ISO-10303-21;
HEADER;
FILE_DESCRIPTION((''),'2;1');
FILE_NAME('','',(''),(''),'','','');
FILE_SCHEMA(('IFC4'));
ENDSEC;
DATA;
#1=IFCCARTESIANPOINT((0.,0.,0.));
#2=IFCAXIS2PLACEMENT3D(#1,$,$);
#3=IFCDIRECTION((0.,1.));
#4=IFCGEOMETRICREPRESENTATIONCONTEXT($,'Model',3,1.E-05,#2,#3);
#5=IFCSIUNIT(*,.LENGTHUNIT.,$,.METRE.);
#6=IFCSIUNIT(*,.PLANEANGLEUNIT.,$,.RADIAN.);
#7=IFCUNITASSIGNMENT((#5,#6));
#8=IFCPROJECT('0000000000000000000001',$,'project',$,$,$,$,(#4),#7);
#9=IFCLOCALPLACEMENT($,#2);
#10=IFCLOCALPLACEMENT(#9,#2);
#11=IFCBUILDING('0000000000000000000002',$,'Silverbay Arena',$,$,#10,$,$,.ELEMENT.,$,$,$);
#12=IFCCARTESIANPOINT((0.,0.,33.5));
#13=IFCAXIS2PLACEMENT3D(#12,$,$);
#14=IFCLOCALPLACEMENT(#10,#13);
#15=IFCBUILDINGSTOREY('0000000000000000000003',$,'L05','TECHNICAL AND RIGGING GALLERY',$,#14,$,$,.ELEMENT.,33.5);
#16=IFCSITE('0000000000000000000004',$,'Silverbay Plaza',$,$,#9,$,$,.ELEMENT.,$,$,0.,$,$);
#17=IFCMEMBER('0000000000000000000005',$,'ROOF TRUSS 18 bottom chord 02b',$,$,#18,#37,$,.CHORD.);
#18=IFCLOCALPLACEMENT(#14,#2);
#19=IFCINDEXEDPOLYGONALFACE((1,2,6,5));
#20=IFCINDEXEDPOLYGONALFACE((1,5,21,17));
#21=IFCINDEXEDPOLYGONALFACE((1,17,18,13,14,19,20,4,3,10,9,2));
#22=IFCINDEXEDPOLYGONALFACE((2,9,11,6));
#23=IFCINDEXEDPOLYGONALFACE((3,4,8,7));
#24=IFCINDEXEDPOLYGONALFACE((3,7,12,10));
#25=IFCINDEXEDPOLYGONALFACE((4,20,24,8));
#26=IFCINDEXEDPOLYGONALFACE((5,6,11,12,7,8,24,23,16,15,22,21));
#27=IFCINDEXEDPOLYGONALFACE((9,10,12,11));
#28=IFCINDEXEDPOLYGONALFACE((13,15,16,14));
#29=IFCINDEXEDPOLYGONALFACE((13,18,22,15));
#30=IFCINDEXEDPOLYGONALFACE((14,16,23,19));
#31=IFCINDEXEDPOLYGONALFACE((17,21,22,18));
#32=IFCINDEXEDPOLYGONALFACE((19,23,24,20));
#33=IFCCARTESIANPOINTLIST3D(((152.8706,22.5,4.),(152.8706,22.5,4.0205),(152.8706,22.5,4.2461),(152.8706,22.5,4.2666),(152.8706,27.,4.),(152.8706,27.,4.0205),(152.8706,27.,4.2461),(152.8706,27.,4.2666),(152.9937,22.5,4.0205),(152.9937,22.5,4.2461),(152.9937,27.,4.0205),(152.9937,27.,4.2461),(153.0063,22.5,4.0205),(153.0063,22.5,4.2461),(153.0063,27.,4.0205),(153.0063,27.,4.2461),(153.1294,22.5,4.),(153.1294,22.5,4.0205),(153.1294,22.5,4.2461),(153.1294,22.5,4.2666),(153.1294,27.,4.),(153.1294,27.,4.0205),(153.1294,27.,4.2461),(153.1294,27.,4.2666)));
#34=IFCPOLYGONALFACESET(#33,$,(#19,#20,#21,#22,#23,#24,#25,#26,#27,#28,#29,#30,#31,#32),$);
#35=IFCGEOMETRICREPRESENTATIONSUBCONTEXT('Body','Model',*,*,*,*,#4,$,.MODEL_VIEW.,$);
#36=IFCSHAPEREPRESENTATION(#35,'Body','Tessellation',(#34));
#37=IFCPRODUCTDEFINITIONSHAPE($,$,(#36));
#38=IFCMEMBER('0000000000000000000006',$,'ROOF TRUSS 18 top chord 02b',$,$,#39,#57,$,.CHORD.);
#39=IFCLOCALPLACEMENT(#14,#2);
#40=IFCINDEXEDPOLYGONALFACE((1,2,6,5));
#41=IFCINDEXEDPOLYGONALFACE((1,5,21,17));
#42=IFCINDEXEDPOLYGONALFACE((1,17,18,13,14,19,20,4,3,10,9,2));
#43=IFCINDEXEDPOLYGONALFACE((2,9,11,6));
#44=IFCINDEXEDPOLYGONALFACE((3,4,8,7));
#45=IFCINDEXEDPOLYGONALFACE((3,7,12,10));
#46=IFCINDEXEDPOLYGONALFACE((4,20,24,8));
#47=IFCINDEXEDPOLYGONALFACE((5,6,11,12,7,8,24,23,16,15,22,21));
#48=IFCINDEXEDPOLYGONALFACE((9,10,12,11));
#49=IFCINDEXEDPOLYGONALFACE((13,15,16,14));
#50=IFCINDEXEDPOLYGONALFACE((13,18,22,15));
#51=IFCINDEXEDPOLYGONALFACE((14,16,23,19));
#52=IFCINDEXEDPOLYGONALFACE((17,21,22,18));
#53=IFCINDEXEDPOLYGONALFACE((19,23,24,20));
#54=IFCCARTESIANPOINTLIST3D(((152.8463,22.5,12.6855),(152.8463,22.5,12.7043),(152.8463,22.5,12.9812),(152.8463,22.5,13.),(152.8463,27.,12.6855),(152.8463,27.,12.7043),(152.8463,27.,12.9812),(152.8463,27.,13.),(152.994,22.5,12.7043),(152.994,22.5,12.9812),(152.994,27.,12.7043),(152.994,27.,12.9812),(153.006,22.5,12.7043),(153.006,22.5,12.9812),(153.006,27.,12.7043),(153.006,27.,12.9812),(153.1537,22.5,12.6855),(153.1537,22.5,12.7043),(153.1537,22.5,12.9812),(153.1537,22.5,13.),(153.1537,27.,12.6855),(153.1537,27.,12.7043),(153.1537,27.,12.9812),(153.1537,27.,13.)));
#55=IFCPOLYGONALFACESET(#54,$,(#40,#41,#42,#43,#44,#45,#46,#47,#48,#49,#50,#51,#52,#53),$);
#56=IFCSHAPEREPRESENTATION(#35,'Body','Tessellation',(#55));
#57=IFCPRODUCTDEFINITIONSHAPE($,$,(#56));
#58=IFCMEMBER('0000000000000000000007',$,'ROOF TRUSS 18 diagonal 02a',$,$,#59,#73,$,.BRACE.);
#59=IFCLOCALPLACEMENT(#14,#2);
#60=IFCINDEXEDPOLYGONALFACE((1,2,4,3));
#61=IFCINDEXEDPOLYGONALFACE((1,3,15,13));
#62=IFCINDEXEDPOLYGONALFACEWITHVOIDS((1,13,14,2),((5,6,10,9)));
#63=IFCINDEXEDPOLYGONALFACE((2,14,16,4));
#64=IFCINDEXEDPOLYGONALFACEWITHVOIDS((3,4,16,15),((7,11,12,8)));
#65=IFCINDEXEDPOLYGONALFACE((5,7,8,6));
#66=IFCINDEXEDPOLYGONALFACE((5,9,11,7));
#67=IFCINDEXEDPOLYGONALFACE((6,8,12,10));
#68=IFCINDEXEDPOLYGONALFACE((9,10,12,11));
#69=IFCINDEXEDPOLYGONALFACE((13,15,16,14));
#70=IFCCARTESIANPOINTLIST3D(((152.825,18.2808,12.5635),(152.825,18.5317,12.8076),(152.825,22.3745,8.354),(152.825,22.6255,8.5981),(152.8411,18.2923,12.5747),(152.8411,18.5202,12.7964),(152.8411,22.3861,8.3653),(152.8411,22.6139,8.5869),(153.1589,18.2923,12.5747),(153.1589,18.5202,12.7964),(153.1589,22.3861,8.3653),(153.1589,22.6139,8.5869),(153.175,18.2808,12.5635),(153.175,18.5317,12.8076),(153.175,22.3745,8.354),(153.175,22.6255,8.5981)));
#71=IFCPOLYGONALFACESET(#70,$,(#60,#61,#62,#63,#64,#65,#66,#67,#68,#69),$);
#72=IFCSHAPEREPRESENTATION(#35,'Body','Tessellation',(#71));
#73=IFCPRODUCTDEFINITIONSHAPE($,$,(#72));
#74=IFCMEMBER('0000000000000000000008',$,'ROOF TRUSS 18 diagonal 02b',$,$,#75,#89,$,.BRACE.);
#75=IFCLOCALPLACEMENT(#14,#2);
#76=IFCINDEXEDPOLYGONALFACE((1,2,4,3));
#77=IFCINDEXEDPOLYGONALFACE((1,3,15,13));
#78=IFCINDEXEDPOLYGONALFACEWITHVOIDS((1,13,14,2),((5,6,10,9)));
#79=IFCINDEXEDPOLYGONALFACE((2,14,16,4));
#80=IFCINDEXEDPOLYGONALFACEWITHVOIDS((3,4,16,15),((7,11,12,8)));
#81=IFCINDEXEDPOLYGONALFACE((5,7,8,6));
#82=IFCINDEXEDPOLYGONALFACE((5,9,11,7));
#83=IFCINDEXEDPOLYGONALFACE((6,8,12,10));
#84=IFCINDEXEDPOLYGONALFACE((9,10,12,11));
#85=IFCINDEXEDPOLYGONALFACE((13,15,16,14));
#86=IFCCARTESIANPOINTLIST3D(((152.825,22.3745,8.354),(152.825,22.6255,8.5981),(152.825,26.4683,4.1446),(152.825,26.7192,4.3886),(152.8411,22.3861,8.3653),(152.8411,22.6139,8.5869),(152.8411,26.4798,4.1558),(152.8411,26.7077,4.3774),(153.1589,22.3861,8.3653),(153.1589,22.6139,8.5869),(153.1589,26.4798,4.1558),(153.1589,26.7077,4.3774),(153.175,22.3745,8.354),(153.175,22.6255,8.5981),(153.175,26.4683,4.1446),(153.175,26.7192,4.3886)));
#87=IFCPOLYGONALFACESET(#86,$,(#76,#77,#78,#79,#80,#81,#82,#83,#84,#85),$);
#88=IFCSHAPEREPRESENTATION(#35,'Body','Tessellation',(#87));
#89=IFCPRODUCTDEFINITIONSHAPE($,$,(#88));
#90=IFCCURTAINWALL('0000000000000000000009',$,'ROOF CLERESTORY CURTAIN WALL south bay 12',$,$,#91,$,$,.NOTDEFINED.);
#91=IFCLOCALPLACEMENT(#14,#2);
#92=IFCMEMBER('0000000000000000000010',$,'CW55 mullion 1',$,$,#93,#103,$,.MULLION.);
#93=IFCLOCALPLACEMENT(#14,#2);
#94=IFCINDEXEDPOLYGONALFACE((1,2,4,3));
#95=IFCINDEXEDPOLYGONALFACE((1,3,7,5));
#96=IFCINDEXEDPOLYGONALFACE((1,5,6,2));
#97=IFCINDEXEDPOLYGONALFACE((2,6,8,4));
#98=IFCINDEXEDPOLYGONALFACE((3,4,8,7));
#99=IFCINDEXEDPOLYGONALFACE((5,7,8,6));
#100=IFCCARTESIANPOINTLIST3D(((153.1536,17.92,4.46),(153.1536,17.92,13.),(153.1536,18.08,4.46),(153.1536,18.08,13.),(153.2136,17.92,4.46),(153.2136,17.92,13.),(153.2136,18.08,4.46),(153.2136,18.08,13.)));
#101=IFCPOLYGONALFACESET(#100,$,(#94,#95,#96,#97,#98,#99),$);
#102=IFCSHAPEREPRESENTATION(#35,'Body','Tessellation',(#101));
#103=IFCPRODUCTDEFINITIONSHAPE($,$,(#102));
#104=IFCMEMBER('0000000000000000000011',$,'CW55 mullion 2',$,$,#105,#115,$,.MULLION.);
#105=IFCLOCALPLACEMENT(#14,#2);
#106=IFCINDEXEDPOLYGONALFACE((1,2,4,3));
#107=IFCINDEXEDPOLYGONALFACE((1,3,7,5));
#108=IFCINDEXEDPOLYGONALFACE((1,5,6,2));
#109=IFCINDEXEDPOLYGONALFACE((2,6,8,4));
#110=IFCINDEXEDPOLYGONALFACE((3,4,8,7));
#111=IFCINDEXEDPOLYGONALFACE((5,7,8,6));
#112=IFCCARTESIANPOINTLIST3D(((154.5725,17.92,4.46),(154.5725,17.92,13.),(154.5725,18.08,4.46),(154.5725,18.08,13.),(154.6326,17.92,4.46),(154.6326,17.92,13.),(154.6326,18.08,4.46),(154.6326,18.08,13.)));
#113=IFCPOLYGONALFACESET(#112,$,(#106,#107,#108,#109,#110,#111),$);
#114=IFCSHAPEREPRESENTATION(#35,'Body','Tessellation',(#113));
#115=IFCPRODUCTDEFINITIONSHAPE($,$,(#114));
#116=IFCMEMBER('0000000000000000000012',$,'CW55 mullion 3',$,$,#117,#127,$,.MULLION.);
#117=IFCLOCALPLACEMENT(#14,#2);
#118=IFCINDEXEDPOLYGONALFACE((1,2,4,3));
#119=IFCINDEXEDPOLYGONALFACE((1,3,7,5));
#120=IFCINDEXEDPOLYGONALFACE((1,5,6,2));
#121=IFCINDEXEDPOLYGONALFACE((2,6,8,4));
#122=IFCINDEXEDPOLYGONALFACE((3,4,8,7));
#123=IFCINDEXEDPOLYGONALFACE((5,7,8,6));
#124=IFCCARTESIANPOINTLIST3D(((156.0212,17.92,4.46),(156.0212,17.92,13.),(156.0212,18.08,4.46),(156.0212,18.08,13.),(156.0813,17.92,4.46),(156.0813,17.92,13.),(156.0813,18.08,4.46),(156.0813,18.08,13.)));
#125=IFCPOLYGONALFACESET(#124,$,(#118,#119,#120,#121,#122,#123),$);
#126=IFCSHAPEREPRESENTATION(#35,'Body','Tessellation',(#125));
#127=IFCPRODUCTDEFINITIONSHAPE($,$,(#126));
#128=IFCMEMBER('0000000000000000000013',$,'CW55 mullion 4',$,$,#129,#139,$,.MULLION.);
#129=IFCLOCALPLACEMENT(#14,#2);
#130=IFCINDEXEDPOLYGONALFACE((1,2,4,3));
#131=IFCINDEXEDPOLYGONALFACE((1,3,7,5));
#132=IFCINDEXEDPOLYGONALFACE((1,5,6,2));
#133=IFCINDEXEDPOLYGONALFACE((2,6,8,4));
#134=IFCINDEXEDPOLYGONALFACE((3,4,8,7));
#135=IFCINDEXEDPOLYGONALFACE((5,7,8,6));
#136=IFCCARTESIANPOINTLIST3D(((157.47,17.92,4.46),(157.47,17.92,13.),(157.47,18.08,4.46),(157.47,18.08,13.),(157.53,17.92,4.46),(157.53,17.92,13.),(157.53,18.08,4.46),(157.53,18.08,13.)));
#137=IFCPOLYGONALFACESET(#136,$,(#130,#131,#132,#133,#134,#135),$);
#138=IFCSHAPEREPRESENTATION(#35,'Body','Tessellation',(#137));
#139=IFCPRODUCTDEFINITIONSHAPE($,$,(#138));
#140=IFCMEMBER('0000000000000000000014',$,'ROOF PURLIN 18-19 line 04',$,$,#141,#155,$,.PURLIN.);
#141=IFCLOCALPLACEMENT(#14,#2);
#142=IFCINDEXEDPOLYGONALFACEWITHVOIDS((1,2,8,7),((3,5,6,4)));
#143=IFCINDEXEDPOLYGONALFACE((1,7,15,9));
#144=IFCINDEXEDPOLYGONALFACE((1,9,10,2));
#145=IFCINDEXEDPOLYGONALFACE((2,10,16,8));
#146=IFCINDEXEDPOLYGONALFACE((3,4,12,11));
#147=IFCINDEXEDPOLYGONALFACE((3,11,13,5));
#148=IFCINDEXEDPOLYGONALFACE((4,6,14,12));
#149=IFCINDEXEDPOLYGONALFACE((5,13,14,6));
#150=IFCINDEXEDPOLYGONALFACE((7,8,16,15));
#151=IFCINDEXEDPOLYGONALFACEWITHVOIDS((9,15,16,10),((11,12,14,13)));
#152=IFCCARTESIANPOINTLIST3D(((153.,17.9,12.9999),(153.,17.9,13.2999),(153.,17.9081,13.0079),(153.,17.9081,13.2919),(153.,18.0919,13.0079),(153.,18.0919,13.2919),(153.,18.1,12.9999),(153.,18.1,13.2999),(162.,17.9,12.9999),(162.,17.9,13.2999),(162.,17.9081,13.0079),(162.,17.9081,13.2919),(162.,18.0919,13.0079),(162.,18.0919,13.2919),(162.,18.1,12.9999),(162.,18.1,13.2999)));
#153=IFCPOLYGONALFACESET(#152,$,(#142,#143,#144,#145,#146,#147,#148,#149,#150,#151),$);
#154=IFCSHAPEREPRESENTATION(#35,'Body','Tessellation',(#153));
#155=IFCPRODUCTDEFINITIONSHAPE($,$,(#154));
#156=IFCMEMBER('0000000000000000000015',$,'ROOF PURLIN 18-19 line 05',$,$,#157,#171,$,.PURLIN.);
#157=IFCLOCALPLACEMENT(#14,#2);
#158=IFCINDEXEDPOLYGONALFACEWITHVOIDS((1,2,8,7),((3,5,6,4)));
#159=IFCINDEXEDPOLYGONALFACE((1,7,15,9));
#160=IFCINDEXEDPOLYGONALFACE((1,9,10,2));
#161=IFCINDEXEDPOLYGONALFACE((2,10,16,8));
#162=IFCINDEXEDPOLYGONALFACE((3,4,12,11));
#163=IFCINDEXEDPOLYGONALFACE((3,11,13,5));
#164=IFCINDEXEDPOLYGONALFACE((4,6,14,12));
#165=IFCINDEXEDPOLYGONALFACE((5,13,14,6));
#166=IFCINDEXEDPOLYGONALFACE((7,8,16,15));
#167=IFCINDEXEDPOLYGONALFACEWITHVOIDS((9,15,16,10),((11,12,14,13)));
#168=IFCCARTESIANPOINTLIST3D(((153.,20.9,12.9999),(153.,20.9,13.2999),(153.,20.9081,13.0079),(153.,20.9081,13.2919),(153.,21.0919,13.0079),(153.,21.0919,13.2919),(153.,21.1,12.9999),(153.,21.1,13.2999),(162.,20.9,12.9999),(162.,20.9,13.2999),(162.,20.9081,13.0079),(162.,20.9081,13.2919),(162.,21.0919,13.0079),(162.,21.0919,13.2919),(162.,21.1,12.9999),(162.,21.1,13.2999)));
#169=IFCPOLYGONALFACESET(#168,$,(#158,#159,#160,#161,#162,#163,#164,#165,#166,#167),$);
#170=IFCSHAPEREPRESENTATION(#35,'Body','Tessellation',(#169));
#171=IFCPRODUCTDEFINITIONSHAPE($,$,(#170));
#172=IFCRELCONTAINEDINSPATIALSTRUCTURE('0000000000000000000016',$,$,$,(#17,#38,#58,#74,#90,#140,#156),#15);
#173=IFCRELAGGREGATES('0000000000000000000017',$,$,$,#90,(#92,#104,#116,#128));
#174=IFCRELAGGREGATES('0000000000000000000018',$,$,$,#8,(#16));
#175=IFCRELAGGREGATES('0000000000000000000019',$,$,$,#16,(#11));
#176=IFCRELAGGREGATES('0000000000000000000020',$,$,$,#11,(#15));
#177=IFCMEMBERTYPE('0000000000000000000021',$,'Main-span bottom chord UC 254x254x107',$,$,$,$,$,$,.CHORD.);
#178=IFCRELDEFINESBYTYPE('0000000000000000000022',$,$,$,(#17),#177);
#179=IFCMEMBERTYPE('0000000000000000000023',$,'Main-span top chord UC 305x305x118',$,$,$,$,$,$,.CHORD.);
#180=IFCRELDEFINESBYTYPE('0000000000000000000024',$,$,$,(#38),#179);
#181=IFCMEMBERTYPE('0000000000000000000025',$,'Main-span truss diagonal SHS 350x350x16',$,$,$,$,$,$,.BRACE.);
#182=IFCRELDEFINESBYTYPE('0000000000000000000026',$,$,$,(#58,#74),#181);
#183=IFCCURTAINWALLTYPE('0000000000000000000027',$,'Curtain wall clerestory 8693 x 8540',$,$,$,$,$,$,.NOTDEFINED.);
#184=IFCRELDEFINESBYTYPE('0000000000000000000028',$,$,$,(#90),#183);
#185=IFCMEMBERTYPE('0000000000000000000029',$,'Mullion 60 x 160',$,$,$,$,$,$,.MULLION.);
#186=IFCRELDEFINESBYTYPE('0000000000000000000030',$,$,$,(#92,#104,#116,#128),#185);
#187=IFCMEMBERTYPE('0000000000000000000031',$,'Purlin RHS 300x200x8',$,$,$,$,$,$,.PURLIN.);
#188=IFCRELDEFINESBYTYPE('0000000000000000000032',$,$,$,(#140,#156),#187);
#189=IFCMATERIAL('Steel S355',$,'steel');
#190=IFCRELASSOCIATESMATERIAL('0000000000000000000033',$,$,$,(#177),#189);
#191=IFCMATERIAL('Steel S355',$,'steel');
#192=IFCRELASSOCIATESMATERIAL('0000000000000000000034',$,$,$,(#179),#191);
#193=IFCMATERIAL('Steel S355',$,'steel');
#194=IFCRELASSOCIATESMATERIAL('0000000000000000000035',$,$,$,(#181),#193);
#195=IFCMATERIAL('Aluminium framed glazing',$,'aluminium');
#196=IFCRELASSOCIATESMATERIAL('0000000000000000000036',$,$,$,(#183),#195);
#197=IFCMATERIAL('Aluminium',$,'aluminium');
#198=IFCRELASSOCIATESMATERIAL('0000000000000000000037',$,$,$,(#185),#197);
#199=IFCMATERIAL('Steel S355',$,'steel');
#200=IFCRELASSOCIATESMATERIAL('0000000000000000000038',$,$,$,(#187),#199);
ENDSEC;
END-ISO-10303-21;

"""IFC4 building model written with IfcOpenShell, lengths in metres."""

from ifc_helpers import new_model, si_unit, direction, frame, origin, origin_2d, place, context, subcontext, project, spatial, rectangle, hollow_rectangle, i_section, extrude, material, material_profile, profile_set, type_object, element, aggregate, save


model = new_model("IFC4")

# Units and contexts
model_context = context("Model", 3, precision=1e-05, world=origin(), true_north=direction((0.0, 1.0)))
body_context = subcontext(model_context, "Body", "Model", "MODEL_VIEW")
ifc_project = project(units=[si_unit("LENGTHUNIT", "METRE"), si_unit("PLANEANGLEUNIT", "RADIAN")], contexts=[model_context])

# Site, building, storey
site_placement = place(None, origin())
site = spatial("IfcSite", under=ifc_project, at=site_placement, Name="Silverbay Plaza", CompositionType="ELEMENT", RefElevation=0.0)
building_placement = place(site_placement, origin())
building = spatial("IfcBuilding", under=site, at=building_placement, Name="Silverbay Arena", CompositionType="ELEMENT")
storey_placement = place(building_placement, frame((0.0, 0.0, 33.5)))
storey = spatial("IfcBuildingStorey", under=building, at=storey_placement, Name="L05", Description="TECHNICAL AND RIGGING GALLERY", CompositionType="ELEMENT", Elevation=33.5)

# Members
ifc_material_1 = material(Name="Steel S355", Category="steel")
ifc_material_profile_1 = material_profile(ifc_material_1, i_section(OverallWidth=0.2588, OverallDepth=0.2666, WebThickness=0.0127, FlangeThickness=0.0205, at=origin_2d()), Name="UC 254x254x107")
ifc_profile_set_1 = profile_set([ifc_material_profile_1], Name="Steel S355")
member_type_1 = type_object("IfcMemberType", Name="Main-span bottom chord UC 254x254x107", PredefinedType="CHORD", material=ifc_profile_set_1)
member_1_placement = place(storey_placement, frame((153.0, 22.5, 4.1333), z_axis=(0.0, 1.0, 0.0), x_axis=(-1.0, 0.0, 0.0)))
element("IfcMember", 1, at=member_1_placement, inside=storey, type_object=member_type_1, Name="ROOF TRUSS 18 bottom chord 02b", PredefinedType="CHORD", context=body_context, shape_type="SweptSolid", body=[
    extrude(i_section(OverallWidth=0.2588, OverallDepth=0.2666, WebThickness=0.0127, FlangeThickness=0.0205, at=origin_2d()), origin(), (0.0, 0.0, 1.0), 4.5),
])
ifc_material_2 = material(Name="Steel S355", Category="steel")
ifc_material_profile_2 = material_profile(ifc_material_2, i_section(OverallWidth=0.3074, OverallDepth=0.3145, WebThickness=0.012, FlangeThickness=0.0188, at=origin_2d()), Name="UC 305x305x118")
ifc_profile_set_2 = profile_set([ifc_material_profile_2], Name="Steel S355")
member_type_2 = type_object("IfcMemberType", Name="Main-span top chord UC 305x305x118", PredefinedType="CHORD", material=ifc_profile_set_2)
member_2_placement = place(storey_placement, frame((153.0, 22.5, 12.8428), z_axis=(0.0, 1.0, 0.0), x_axis=(-1.0, 0.0, 0.0)))
element("IfcMember", 2, at=member_2_placement, inside=storey, type_object=member_type_2, Name="ROOF TRUSS 18 top chord 02b", PredefinedType="CHORD", context=body_context, shape_type="SweptSolid", body=[
    extrude(i_section(OverallWidth=0.3074, OverallDepth=0.3145, WebThickness=0.012, FlangeThickness=0.0188, at=origin_2d()), origin(), (0.0, 0.0, 1.0), 4.5),
])
ifc_material_3 = material(Name="Steel S355", Category="steel")
ifc_material_profile_3 = material_profile(ifc_material_3, hollow_rectangle(XDim=0.3501, YDim=0.3501, WallThickness=0.0161, at=origin_2d()), Name="SHS 350x350x16")
ifc_profile_set_3 = profile_set([ifc_material_profile_3], Name="Steel S355")
member_type_3 = type_object("IfcMemberType", Name="Main-span truss diagonal SHS 350x350x16", PredefinedType="BRACE", material=ifc_profile_set_3)
for number, where, z_axis, x_axis, name in (
    (3, (153.0, 18.4062, 12.6855), (0.0, 0.697184, -0.716892), (-1.0, 0.0, 0.0), "ROOF TRUSS 18 diagonal 02a"),
    (4, (153.0, 22.5, 8.4761), (0.0, 0.697184, -0.716892), (-1.0, 0.0, 0.0), "ROOF TRUSS 18 diagonal 02b"),
):
    element("IfcMember", number, at=place(storey_placement, frame(where, z_axis=z_axis, x_axis=x_axis)), inside=storey, type_object=member_type_3, Name=name, PredefinedType="BRACE", context=body_context, shape_type="SweptSolid", body=[
        extrude(hollow_rectangle(XDim=0.3501, YDim=0.3501, WallThickness=0.0161, at=origin_2d()), origin(), (0.0, 0.0, 1.0), 5.8718),
    ])

# Curtain wall, members
ifc_material_4 = material(Name="Aluminium framed glazing", Category="aluminium")
curtain_wall_type = type_object("IfcCurtainWallType", Name="Curtain wall clerestory 8693 x 8540", PredefinedType="NOTDEFINED", material=ifc_material_4)
curtain_wall_placement = place(storey_placement, origin())
curtain_wall = element("IfcCurtainWall", 5, at=curtain_wall_placement, inside=storey, type_object=curtain_wall_type, Name="ROOF CLERESTORY CURTAIN WALL south bay 12", PredefinedType="NOTDEFINED")
ifc_material_5 = material(Name="Aluminium", Category="aluminium")
ifc_material_profile_4 = material_profile(ifc_material_5, rectangle(XDim=0.1599, YDim=0.0601, at=origin_2d()), Name="Mullion 60 x 160")
ifc_profile_set_4 = profile_set([ifc_material_profile_4], Name="Aluminium")
member_type_4 = type_object("IfcMemberType", Name="Mullion 60 x 160", PredefinedType="MULLION", material=ifc_profile_set_4)
member_3_placement = place(storey_placement, frame((153.1836, 18.0, 4.46), z_axis=(0.0, 0.0, 1.0), x_axis=(0.0, 1.0, 0.0)))
member_3 = element("IfcMember", 6, at=member_3_placement, type_object=member_type_4, Name="CW55 mullion 1", PredefinedType="MULLION", context=body_context, shape_type="SweptSolid", body=[
    extrude(rectangle(XDim=0.1599, YDim=0.0601, at=origin_2d()), origin(), (0.0, 0.0, 1.0), 8.54),
])
member_4_placement = place(storey_placement, frame((154.6025, 18.0, 4.46), z_axis=(0.0, 0.0, 1.0), x_axis=(0.0, 1.0, 0.0)))
member_4 = element("IfcMember", 7, at=member_4_placement, type_object=member_type_4, Name="CW55 mullion 2", PredefinedType="MULLION", context=body_context, shape_type="SweptSolid", body=[
    extrude(rectangle(XDim=0.1599, YDim=0.0601, at=origin_2d()), origin(), (0.0, 0.0, 1.0), 8.54),
])
member_5_placement = place(storey_placement, frame((156.0513, 18.0, 4.46), z_axis=(0.0, 0.0, 1.0), x_axis=(0.0, 1.0, 0.0)))
member_5 = element("IfcMember", 8, at=member_5_placement, type_object=member_type_4, Name="CW55 mullion 3", PredefinedType="MULLION", context=body_context, shape_type="SweptSolid", body=[
    extrude(rectangle(XDim=0.1599, YDim=0.0601, at=origin_2d()), origin(), (0.0, 0.0, 1.0), 8.54),
])
member_6_placement = place(storey_placement, frame((157.5, 18.0, 4.46), z_axis=(0.0, 0.0, 1.0), x_axis=(0.0, 1.0, 0.0)))
member_6 = element("IfcMember", 9, at=member_6_placement, type_object=member_type_4, Name="CW55 mullion 4", PredefinedType="MULLION", context=body_context, shape_type="SweptSolid", body=[
    extrude(rectangle(XDim=0.1599, YDim=0.0601, at=origin_2d()), origin(), (0.0, 0.0, 1.0), 8.54),
])

# Members
ifc_material_6 = material(Name="Steel S355", Category="steel")
ifc_material_profile_5 = material_profile(ifc_material_6, hollow_rectangle(XDim=0.2, YDim=0.3, WallThickness=0.0081, at=origin_2d()), Name="RHS 300x200x8")
ifc_profile_set_5 = profile_set([ifc_material_profile_5], Name="Steel S355")
member_type_5 = type_object("IfcMemberType", Name="Purlin RHS 300x200x8", PredefinedType="PURLIN", material=ifc_profile_set_5)
for number, where, z_axis, x_axis, name in (
    (10, (153.0, 18.0, 13.1499), (1.0, 0.0, 0.0), (0.0, 1.0, 0.0), "ROOF PURLIN 18-19 line 04"),
    (11, (153.0, 21.0, 13.1499), (1.0, 0.0, 0.0), (0.0, 1.0, 0.0), "ROOF PURLIN 18-19 line 05"),
):
    element("IfcMember", number, at=place(storey_placement, frame(where, z_axis=z_axis, x_axis=x_axis)), inside=storey, type_object=member_type_5, Name=name, PredefinedType="PURLIN", context=body_context, shape_type="SweptSolid", body=[
        extrude(hollow_rectangle(XDim=0.2, YDim=0.3, WallThickness=0.0081, at=origin_2d()), origin(), (0.0, 0.0, 1.0), 9.0),
    ])

aggregate(curtain_wall, [member_3, member_4, member_5, member_6])

save(model, "model.ifc")
